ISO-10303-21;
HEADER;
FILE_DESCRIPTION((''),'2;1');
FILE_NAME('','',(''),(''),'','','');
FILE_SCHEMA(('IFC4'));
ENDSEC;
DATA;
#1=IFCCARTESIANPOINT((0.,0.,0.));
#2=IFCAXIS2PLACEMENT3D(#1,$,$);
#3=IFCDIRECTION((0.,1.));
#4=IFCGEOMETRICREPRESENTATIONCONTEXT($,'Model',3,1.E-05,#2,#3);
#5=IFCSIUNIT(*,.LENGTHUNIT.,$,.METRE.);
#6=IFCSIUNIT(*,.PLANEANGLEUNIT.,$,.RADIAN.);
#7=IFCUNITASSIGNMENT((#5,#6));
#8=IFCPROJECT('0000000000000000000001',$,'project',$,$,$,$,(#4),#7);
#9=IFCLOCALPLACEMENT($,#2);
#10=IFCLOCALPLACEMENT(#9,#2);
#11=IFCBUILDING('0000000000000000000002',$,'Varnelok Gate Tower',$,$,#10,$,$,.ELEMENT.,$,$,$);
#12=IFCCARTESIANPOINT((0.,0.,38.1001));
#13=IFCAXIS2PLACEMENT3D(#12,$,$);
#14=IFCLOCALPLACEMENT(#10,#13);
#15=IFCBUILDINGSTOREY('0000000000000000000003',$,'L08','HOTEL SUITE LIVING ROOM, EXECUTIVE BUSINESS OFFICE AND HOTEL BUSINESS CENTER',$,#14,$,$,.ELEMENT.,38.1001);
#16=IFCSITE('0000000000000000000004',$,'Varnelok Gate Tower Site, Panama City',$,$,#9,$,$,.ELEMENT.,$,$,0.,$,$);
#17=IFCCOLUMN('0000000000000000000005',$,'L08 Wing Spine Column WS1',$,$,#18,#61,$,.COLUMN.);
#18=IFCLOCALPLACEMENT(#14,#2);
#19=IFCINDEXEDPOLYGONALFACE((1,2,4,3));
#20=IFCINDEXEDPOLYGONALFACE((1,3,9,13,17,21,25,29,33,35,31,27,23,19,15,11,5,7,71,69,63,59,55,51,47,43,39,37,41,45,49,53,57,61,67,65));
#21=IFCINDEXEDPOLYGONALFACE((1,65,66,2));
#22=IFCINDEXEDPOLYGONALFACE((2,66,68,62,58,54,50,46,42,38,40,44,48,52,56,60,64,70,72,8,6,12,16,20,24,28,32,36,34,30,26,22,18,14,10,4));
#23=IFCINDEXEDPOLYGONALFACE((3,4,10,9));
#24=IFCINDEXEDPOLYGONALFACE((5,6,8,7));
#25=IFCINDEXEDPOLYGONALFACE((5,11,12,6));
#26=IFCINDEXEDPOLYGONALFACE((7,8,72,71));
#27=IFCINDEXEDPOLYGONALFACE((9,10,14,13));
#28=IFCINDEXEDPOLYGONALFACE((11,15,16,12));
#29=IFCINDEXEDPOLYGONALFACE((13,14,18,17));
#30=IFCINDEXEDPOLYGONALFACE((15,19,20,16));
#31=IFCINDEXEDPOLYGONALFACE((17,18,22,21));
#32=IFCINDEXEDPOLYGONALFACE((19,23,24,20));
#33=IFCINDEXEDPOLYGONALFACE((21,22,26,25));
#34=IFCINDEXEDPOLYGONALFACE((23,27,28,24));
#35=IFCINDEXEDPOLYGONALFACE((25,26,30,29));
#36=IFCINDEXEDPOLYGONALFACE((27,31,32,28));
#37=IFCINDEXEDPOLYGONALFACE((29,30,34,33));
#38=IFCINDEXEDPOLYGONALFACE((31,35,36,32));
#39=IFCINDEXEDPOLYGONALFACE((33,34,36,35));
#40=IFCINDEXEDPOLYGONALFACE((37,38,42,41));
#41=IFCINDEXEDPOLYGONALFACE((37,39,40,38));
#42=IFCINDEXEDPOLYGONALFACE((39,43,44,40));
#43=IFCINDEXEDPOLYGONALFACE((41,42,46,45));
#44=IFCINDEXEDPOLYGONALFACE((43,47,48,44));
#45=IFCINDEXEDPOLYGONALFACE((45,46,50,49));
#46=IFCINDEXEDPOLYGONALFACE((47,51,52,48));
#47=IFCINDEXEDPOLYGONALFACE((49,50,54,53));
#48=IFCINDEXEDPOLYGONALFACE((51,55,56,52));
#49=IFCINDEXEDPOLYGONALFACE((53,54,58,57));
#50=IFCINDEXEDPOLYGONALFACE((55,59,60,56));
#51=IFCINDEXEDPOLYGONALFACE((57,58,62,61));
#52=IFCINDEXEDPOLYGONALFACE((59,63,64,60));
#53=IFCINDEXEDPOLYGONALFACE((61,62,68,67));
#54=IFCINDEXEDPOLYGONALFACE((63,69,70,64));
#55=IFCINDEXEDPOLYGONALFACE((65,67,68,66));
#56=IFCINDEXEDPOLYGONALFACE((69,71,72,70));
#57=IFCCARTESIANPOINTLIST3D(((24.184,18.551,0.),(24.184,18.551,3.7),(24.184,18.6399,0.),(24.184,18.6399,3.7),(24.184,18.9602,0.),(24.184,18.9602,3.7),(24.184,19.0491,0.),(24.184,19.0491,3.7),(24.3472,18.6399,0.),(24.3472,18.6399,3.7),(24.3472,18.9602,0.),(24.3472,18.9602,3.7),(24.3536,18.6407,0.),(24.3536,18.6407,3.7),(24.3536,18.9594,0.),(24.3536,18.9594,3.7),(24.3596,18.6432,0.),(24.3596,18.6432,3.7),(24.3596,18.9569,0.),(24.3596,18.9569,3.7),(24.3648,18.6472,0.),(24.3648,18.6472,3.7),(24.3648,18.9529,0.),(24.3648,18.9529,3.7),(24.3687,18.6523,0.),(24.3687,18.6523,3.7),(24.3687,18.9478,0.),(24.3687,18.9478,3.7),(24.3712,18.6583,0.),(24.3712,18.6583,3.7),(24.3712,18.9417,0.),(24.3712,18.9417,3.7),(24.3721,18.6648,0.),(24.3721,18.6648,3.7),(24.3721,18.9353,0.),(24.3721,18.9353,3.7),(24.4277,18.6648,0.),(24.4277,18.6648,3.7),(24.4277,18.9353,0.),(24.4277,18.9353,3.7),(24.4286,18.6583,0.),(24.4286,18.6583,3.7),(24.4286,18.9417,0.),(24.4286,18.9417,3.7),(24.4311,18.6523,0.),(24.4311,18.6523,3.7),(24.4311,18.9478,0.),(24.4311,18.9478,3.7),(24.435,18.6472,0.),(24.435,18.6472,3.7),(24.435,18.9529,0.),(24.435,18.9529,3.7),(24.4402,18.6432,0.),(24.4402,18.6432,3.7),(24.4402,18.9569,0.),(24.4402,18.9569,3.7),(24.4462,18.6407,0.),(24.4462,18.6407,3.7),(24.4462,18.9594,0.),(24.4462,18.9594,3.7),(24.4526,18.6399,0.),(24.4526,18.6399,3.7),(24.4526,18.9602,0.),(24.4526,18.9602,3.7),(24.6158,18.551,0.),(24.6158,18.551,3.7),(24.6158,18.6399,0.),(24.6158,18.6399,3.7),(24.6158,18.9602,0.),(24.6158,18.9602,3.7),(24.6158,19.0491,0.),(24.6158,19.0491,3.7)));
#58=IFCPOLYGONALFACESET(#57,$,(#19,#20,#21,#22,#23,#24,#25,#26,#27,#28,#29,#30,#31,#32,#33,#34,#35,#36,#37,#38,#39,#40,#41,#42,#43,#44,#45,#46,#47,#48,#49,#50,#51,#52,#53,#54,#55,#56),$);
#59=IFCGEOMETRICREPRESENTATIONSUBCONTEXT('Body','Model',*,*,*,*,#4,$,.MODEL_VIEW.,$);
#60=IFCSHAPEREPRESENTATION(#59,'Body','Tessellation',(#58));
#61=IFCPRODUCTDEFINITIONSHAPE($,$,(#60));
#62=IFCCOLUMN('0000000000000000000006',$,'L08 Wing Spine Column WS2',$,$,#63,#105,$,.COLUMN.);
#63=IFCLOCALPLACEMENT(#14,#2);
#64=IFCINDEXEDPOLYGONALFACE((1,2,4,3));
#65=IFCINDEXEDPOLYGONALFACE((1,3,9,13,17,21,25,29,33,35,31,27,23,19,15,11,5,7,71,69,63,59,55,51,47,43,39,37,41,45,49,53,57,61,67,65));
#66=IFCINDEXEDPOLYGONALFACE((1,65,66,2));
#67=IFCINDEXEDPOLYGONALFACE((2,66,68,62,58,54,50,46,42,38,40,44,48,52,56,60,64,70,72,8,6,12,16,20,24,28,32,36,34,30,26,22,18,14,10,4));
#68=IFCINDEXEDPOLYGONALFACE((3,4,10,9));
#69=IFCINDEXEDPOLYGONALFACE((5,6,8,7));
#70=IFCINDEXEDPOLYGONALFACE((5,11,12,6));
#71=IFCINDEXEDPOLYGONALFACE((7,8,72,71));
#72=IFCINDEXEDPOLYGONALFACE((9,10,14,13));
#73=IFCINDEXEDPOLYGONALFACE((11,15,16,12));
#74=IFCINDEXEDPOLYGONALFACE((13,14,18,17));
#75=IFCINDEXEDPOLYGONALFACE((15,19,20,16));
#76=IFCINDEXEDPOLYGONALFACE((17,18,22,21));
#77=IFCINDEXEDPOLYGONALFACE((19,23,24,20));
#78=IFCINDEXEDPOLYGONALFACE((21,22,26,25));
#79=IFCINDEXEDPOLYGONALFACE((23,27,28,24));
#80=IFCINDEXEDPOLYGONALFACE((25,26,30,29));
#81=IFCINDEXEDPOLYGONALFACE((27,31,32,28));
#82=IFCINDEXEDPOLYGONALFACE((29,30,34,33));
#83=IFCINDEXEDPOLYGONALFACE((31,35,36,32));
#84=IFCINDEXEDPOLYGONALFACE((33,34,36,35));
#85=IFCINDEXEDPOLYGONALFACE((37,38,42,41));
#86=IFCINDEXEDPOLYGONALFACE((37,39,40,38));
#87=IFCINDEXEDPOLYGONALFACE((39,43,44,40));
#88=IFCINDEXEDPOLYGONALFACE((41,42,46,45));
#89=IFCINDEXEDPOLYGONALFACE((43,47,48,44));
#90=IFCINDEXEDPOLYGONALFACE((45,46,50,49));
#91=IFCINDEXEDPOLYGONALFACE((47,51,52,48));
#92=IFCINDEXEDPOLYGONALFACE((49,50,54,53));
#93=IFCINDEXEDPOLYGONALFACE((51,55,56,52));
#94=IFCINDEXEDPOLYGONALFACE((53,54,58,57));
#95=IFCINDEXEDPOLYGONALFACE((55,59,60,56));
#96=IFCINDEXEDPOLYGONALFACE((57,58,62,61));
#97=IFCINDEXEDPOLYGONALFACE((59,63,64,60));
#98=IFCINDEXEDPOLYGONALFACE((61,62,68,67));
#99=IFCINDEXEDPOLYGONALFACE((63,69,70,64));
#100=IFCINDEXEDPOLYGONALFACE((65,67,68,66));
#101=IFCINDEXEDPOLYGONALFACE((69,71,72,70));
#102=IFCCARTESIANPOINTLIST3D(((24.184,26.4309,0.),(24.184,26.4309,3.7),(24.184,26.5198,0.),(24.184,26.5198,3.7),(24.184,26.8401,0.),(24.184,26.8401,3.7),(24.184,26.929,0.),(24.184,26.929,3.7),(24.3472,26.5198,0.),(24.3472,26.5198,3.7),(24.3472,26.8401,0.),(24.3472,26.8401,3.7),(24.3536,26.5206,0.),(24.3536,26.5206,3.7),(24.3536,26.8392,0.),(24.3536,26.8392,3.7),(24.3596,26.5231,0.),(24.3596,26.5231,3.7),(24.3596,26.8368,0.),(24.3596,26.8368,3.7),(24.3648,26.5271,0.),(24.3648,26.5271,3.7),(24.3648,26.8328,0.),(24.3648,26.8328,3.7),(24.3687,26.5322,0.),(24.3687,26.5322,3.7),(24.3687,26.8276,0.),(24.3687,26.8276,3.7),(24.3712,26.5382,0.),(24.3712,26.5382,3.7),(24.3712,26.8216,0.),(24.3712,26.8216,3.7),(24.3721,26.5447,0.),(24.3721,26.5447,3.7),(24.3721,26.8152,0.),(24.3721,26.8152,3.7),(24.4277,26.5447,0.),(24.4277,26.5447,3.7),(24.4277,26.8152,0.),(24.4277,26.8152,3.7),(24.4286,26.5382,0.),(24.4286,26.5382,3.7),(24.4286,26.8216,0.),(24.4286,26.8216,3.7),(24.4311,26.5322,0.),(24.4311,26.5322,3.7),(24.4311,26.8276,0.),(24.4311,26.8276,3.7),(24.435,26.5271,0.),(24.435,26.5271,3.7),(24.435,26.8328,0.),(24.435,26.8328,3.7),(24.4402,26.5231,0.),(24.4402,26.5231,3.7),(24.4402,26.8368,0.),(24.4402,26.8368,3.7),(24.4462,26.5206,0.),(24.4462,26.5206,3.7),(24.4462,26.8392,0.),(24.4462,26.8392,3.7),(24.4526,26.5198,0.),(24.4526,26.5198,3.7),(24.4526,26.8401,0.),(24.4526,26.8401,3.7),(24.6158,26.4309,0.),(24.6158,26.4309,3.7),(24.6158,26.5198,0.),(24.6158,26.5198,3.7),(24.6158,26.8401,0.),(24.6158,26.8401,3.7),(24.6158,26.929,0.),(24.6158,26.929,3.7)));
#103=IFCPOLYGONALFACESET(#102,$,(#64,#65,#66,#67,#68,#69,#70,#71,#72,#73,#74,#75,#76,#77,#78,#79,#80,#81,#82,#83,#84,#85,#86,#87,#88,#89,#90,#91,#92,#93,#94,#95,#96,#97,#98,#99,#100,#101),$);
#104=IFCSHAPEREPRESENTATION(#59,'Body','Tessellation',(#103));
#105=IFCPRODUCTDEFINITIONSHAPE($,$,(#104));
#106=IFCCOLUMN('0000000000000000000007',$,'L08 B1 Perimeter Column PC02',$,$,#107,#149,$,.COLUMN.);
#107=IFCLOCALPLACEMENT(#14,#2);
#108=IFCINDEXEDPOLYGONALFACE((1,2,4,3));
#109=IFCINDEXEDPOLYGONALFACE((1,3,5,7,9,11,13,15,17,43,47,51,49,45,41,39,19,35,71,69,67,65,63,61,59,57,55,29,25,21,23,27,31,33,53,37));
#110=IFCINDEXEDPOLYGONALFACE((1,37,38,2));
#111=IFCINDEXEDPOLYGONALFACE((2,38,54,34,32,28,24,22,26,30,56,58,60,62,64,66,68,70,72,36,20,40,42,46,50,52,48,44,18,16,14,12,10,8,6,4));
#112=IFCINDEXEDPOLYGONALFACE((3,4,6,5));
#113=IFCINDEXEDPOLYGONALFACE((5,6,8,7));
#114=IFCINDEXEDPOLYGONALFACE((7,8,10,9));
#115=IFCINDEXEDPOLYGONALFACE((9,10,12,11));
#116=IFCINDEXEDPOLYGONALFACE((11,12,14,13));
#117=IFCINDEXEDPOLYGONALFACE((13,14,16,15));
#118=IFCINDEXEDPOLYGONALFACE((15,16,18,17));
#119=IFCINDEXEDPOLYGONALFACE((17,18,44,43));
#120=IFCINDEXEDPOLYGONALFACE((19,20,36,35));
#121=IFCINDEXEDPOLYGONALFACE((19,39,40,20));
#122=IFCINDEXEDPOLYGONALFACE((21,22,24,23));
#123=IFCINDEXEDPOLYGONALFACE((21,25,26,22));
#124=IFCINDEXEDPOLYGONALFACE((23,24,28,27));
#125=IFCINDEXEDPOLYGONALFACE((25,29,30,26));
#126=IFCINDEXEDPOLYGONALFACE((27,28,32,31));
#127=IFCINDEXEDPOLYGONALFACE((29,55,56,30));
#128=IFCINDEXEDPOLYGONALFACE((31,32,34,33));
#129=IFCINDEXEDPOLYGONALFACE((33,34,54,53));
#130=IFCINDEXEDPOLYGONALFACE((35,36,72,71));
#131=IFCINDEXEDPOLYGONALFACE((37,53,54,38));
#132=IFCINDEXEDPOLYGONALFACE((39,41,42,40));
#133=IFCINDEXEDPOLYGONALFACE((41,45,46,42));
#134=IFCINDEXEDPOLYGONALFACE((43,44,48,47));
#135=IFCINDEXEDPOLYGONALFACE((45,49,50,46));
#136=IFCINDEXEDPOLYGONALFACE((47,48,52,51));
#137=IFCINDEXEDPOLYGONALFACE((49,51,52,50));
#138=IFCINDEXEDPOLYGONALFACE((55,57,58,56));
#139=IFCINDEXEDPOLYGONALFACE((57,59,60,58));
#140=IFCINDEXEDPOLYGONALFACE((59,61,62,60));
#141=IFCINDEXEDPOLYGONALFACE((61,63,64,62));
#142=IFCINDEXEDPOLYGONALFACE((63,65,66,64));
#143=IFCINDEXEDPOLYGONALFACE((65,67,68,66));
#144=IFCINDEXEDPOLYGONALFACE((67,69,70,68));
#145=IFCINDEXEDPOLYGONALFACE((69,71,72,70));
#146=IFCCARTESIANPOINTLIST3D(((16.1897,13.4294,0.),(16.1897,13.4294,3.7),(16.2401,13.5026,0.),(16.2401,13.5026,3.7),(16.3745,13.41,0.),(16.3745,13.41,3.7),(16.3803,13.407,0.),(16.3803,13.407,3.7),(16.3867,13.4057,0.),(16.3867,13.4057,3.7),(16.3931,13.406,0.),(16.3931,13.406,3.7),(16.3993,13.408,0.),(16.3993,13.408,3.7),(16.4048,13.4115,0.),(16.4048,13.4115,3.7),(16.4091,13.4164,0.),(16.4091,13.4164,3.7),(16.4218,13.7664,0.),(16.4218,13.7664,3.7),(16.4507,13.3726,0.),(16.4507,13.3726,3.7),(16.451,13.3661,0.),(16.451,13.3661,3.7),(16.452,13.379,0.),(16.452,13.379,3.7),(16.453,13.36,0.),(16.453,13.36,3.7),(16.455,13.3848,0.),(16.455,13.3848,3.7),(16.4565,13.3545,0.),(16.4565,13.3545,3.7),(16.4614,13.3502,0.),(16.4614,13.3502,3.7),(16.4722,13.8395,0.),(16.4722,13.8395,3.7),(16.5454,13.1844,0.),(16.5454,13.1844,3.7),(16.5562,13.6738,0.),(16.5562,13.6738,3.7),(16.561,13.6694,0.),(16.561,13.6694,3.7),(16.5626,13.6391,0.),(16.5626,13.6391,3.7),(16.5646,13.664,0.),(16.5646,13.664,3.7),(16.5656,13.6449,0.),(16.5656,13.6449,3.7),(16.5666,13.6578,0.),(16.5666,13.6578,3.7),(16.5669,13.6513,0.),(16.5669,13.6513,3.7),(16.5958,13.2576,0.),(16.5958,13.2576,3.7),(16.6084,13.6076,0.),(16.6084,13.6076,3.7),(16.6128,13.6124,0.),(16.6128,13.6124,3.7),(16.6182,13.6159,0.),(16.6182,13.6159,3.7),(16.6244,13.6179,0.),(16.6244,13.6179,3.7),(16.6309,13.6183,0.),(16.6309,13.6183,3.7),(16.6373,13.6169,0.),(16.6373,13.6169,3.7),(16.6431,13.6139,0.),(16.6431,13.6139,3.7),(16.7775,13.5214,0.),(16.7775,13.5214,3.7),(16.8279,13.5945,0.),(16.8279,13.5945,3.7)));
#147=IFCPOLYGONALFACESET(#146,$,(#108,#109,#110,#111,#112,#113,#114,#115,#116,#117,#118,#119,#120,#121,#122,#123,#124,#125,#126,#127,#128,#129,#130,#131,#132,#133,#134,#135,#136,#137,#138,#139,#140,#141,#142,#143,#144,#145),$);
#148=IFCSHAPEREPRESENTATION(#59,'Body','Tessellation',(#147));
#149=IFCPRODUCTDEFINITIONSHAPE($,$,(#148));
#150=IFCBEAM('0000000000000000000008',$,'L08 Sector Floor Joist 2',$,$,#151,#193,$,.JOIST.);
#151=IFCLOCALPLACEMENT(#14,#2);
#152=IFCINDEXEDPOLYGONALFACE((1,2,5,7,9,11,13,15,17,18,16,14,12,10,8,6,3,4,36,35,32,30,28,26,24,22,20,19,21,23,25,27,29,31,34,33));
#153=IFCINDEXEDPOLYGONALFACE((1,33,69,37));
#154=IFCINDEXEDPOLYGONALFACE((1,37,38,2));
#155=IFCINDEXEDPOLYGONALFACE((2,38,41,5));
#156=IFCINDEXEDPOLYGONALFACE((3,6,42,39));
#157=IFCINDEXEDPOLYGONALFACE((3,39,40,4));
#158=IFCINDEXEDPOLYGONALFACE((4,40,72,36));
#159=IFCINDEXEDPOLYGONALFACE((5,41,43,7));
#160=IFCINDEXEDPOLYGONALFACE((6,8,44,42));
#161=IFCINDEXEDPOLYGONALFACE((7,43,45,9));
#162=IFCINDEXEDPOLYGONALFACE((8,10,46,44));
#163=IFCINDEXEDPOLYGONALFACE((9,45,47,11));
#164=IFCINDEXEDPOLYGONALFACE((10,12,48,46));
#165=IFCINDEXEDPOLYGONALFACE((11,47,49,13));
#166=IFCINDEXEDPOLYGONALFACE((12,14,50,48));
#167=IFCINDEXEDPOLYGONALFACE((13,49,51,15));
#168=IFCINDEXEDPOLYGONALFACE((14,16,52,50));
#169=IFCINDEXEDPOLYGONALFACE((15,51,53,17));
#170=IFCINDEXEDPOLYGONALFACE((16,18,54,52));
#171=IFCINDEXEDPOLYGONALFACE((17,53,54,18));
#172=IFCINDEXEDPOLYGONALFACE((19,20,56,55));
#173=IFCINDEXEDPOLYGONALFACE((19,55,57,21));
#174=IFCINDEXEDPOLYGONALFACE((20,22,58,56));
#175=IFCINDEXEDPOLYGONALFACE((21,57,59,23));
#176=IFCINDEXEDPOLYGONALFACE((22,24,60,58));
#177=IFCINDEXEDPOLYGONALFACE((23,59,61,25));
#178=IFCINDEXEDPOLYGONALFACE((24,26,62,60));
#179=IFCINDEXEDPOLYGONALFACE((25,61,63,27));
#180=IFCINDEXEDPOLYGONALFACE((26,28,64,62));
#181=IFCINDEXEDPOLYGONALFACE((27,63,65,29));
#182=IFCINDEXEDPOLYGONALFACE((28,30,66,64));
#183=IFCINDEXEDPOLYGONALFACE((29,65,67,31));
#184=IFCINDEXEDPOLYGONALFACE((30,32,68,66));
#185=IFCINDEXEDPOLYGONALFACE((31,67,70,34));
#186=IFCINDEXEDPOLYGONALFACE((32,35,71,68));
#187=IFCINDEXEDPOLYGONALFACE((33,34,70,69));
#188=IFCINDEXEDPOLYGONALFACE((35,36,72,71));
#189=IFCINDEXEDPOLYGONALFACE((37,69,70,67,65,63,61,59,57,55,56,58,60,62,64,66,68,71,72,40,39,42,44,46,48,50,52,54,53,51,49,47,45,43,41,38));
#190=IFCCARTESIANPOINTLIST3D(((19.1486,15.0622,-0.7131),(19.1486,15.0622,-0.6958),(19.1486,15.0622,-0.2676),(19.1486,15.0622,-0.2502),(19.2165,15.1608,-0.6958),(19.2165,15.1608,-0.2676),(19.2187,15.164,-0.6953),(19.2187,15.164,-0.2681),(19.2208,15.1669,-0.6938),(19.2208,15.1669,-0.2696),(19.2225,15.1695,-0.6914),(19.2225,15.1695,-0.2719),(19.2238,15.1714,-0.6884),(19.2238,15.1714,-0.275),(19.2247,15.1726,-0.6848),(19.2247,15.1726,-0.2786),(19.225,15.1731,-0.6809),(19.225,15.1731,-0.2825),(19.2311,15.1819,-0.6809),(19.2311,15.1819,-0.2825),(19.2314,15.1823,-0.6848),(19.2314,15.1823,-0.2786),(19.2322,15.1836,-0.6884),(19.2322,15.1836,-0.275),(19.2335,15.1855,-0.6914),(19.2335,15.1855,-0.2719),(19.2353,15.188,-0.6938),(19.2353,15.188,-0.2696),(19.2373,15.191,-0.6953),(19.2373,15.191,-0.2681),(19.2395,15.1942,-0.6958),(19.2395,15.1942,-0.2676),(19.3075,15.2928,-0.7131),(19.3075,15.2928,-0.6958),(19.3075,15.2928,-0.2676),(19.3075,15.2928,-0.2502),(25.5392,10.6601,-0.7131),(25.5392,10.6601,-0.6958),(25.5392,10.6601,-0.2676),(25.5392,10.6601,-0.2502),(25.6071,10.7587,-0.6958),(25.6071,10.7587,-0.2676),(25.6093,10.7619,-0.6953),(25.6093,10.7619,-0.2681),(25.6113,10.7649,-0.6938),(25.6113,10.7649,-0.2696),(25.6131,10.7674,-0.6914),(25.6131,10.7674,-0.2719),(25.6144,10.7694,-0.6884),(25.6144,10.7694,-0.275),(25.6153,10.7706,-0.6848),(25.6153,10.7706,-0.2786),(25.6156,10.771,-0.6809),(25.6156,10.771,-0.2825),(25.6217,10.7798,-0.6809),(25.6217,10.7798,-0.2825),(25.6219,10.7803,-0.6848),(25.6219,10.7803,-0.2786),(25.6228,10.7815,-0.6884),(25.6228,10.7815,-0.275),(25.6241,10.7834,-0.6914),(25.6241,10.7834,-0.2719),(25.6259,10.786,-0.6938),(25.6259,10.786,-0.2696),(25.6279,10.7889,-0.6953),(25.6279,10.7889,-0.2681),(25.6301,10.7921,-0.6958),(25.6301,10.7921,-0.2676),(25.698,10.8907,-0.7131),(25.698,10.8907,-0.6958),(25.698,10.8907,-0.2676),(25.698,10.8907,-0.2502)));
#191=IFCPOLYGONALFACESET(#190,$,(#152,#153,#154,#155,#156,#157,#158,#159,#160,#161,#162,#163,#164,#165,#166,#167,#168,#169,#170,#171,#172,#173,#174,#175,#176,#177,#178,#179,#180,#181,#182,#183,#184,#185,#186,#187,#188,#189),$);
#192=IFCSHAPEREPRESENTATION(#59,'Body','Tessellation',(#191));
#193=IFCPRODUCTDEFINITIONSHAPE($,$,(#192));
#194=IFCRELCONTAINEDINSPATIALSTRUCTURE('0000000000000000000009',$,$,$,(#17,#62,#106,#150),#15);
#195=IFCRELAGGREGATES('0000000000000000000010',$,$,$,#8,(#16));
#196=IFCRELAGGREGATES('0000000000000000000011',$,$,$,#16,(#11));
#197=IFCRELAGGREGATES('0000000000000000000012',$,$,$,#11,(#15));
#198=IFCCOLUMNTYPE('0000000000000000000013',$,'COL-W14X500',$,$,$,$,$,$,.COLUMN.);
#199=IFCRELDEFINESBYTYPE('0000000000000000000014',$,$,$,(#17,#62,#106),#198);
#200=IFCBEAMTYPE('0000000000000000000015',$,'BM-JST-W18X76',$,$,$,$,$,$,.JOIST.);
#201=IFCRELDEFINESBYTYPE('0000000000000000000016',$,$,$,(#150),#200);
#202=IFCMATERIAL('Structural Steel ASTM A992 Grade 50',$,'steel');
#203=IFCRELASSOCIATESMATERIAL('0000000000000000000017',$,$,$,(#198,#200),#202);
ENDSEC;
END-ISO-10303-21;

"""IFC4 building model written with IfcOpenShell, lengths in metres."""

from ifc_helpers import new_model, si_unit, direction, frame, origin, origin_2d, place, context, subcontext, project, spatial, i_section, extrude, material, material_profile, profile_set, type_object, element, save


model = new_model("IFC4")

# Units and contexts
model_context = context("Model", 3, precision=1e-05, world=origin(), true_north=direction((0.0, 1.0)))
body_context = subcontext(model_context, "Body", "Model", "MODEL_VIEW")
ifc_project = project(units=[si_unit("LENGTHUNIT", "METRE"), si_unit("PLANEANGLEUNIT", "RADIAN")], contexts=[model_context])

# Site, building, storey
site_placement = place(None, origin())
site = spatial("IfcSite", under=ifc_project, at=site_placement, Name="Varnelok Gate Tower Site, Panama City", CompositionType="ELEMENT", RefElevation=0.0)
building_placement = place(site_placement, origin())
building = spatial("IfcBuilding", under=site, at=building_placement, Name="Varnelok Gate Tower", CompositionType="ELEMENT")
storey_placement = place(building_placement, frame((0.0, 0.0, 38.1001)))
storey = spatial("IfcBuildingStorey", under=building, at=storey_placement, Name="L08", Description="HOTEL SUITE LIVING ROOM, EXECUTIVE BUSINESS OFFICE AND HOTEL BUSINESS CENTER", CompositionType="ELEMENT", Elevation=38.1001)

# Columns
ifc_material_1 = material(Name="Structural Steel ASTM A992 Grade 50", Category="steel")
ifc_material_profile_1 = material_profile(ifc_material_1, i_section(OverallWidth=0.4319, OverallDepth=0.498, WebThickness=0.0557, FlangeThickness=0.0889, FilletRadius=0.0249, at=origin_2d()), Name="W14X500")
ifc_profile_set_1 = profile_set([ifc_material_profile_1], Name="Structural Steel ASTM A992 Grade 50")
column_type = type_object("IfcColumnType", Name="COL-W14X500", PredefinedType="COLUMN", material=ifc_profile_set_1)
for number, where, z_axis, x_axis, name in (
    (1, (24.3999, 18.8, 0.0), (0.0, 0.0, 1.0), (1.0, 0.0, 0.0), "L08 Wing Spine Column WS1"),
    (2, (24.3999, 26.6799, 0.0), (0.0, 0.0, 1.0), (1.0, 0.0, 0.0), "L08 Wing Spine Column WS2"),
    (3, (16.5088, 13.512, 0.0), (0.0, 0.0, 1.0), (0.823533, -0.567269, 0.0), "L08 B1 Perimeter Column PC02"),
):
    element("IfcColumn", number, at=place(storey_placement, frame(where, z_axis=z_axis, x_axis=x_axis)), inside=storey, type_object=column_type, Name=name, PredefinedType="COLUMN", context=body_context, shape_type="SweptSolid", body=[
        extrude(i_section(OverallWidth=0.4319, OverallDepth=0.498, WebThickness=0.0557, FlangeThickness=0.0889, FilletRadius=0.0249, at=origin_2d()), origin(), (0.0, 0.0, 1.0), 3.7),
    ])

# Beam
ifc_material_profile_2 = material_profile(ifc_material_1, i_section(OverallWidth=0.28, OverallDepth=0.4629, WebThickness=0.0107, FlangeThickness=0.0173, FilletRadius=0.0149, at=origin_2d()), Name="W18X76")
ifc_profile_set_2 = profile_set([ifc_material_profile_2], Name="Structural Steel ASTM A992 Grade 50")
beam_type_1 = type_object("IfcBeamType", Name="BM-JST-W18X76", PredefinedType="JOIST", material=ifc_profile_set_2)
beam_1_placement = place(storey_placement, frame((19.228, 15.1775, -0.4817), z_axis=(0.823528, -0.567276, 0.0), x_axis=(0.567276, 0.823528, 0.0)))
element("IfcBeam", 4, at=beam_1_placement, inside=storey, type_object=beam_type_1, Name="L08 Sector Floor Joist 2", PredefinedType="JOIST", context=body_context, shape_type="SweptSolid", body=[
    extrude(i_section(OverallWidth=0.28, OverallDepth=0.4629, WebThickness=0.0107, FlangeThickness=0.0173, FilletRadius=0.0149, at=origin_2d()), origin(), (0.0, 0.0, 1.0), 7.76),
])

save(model, "model.ifc")
